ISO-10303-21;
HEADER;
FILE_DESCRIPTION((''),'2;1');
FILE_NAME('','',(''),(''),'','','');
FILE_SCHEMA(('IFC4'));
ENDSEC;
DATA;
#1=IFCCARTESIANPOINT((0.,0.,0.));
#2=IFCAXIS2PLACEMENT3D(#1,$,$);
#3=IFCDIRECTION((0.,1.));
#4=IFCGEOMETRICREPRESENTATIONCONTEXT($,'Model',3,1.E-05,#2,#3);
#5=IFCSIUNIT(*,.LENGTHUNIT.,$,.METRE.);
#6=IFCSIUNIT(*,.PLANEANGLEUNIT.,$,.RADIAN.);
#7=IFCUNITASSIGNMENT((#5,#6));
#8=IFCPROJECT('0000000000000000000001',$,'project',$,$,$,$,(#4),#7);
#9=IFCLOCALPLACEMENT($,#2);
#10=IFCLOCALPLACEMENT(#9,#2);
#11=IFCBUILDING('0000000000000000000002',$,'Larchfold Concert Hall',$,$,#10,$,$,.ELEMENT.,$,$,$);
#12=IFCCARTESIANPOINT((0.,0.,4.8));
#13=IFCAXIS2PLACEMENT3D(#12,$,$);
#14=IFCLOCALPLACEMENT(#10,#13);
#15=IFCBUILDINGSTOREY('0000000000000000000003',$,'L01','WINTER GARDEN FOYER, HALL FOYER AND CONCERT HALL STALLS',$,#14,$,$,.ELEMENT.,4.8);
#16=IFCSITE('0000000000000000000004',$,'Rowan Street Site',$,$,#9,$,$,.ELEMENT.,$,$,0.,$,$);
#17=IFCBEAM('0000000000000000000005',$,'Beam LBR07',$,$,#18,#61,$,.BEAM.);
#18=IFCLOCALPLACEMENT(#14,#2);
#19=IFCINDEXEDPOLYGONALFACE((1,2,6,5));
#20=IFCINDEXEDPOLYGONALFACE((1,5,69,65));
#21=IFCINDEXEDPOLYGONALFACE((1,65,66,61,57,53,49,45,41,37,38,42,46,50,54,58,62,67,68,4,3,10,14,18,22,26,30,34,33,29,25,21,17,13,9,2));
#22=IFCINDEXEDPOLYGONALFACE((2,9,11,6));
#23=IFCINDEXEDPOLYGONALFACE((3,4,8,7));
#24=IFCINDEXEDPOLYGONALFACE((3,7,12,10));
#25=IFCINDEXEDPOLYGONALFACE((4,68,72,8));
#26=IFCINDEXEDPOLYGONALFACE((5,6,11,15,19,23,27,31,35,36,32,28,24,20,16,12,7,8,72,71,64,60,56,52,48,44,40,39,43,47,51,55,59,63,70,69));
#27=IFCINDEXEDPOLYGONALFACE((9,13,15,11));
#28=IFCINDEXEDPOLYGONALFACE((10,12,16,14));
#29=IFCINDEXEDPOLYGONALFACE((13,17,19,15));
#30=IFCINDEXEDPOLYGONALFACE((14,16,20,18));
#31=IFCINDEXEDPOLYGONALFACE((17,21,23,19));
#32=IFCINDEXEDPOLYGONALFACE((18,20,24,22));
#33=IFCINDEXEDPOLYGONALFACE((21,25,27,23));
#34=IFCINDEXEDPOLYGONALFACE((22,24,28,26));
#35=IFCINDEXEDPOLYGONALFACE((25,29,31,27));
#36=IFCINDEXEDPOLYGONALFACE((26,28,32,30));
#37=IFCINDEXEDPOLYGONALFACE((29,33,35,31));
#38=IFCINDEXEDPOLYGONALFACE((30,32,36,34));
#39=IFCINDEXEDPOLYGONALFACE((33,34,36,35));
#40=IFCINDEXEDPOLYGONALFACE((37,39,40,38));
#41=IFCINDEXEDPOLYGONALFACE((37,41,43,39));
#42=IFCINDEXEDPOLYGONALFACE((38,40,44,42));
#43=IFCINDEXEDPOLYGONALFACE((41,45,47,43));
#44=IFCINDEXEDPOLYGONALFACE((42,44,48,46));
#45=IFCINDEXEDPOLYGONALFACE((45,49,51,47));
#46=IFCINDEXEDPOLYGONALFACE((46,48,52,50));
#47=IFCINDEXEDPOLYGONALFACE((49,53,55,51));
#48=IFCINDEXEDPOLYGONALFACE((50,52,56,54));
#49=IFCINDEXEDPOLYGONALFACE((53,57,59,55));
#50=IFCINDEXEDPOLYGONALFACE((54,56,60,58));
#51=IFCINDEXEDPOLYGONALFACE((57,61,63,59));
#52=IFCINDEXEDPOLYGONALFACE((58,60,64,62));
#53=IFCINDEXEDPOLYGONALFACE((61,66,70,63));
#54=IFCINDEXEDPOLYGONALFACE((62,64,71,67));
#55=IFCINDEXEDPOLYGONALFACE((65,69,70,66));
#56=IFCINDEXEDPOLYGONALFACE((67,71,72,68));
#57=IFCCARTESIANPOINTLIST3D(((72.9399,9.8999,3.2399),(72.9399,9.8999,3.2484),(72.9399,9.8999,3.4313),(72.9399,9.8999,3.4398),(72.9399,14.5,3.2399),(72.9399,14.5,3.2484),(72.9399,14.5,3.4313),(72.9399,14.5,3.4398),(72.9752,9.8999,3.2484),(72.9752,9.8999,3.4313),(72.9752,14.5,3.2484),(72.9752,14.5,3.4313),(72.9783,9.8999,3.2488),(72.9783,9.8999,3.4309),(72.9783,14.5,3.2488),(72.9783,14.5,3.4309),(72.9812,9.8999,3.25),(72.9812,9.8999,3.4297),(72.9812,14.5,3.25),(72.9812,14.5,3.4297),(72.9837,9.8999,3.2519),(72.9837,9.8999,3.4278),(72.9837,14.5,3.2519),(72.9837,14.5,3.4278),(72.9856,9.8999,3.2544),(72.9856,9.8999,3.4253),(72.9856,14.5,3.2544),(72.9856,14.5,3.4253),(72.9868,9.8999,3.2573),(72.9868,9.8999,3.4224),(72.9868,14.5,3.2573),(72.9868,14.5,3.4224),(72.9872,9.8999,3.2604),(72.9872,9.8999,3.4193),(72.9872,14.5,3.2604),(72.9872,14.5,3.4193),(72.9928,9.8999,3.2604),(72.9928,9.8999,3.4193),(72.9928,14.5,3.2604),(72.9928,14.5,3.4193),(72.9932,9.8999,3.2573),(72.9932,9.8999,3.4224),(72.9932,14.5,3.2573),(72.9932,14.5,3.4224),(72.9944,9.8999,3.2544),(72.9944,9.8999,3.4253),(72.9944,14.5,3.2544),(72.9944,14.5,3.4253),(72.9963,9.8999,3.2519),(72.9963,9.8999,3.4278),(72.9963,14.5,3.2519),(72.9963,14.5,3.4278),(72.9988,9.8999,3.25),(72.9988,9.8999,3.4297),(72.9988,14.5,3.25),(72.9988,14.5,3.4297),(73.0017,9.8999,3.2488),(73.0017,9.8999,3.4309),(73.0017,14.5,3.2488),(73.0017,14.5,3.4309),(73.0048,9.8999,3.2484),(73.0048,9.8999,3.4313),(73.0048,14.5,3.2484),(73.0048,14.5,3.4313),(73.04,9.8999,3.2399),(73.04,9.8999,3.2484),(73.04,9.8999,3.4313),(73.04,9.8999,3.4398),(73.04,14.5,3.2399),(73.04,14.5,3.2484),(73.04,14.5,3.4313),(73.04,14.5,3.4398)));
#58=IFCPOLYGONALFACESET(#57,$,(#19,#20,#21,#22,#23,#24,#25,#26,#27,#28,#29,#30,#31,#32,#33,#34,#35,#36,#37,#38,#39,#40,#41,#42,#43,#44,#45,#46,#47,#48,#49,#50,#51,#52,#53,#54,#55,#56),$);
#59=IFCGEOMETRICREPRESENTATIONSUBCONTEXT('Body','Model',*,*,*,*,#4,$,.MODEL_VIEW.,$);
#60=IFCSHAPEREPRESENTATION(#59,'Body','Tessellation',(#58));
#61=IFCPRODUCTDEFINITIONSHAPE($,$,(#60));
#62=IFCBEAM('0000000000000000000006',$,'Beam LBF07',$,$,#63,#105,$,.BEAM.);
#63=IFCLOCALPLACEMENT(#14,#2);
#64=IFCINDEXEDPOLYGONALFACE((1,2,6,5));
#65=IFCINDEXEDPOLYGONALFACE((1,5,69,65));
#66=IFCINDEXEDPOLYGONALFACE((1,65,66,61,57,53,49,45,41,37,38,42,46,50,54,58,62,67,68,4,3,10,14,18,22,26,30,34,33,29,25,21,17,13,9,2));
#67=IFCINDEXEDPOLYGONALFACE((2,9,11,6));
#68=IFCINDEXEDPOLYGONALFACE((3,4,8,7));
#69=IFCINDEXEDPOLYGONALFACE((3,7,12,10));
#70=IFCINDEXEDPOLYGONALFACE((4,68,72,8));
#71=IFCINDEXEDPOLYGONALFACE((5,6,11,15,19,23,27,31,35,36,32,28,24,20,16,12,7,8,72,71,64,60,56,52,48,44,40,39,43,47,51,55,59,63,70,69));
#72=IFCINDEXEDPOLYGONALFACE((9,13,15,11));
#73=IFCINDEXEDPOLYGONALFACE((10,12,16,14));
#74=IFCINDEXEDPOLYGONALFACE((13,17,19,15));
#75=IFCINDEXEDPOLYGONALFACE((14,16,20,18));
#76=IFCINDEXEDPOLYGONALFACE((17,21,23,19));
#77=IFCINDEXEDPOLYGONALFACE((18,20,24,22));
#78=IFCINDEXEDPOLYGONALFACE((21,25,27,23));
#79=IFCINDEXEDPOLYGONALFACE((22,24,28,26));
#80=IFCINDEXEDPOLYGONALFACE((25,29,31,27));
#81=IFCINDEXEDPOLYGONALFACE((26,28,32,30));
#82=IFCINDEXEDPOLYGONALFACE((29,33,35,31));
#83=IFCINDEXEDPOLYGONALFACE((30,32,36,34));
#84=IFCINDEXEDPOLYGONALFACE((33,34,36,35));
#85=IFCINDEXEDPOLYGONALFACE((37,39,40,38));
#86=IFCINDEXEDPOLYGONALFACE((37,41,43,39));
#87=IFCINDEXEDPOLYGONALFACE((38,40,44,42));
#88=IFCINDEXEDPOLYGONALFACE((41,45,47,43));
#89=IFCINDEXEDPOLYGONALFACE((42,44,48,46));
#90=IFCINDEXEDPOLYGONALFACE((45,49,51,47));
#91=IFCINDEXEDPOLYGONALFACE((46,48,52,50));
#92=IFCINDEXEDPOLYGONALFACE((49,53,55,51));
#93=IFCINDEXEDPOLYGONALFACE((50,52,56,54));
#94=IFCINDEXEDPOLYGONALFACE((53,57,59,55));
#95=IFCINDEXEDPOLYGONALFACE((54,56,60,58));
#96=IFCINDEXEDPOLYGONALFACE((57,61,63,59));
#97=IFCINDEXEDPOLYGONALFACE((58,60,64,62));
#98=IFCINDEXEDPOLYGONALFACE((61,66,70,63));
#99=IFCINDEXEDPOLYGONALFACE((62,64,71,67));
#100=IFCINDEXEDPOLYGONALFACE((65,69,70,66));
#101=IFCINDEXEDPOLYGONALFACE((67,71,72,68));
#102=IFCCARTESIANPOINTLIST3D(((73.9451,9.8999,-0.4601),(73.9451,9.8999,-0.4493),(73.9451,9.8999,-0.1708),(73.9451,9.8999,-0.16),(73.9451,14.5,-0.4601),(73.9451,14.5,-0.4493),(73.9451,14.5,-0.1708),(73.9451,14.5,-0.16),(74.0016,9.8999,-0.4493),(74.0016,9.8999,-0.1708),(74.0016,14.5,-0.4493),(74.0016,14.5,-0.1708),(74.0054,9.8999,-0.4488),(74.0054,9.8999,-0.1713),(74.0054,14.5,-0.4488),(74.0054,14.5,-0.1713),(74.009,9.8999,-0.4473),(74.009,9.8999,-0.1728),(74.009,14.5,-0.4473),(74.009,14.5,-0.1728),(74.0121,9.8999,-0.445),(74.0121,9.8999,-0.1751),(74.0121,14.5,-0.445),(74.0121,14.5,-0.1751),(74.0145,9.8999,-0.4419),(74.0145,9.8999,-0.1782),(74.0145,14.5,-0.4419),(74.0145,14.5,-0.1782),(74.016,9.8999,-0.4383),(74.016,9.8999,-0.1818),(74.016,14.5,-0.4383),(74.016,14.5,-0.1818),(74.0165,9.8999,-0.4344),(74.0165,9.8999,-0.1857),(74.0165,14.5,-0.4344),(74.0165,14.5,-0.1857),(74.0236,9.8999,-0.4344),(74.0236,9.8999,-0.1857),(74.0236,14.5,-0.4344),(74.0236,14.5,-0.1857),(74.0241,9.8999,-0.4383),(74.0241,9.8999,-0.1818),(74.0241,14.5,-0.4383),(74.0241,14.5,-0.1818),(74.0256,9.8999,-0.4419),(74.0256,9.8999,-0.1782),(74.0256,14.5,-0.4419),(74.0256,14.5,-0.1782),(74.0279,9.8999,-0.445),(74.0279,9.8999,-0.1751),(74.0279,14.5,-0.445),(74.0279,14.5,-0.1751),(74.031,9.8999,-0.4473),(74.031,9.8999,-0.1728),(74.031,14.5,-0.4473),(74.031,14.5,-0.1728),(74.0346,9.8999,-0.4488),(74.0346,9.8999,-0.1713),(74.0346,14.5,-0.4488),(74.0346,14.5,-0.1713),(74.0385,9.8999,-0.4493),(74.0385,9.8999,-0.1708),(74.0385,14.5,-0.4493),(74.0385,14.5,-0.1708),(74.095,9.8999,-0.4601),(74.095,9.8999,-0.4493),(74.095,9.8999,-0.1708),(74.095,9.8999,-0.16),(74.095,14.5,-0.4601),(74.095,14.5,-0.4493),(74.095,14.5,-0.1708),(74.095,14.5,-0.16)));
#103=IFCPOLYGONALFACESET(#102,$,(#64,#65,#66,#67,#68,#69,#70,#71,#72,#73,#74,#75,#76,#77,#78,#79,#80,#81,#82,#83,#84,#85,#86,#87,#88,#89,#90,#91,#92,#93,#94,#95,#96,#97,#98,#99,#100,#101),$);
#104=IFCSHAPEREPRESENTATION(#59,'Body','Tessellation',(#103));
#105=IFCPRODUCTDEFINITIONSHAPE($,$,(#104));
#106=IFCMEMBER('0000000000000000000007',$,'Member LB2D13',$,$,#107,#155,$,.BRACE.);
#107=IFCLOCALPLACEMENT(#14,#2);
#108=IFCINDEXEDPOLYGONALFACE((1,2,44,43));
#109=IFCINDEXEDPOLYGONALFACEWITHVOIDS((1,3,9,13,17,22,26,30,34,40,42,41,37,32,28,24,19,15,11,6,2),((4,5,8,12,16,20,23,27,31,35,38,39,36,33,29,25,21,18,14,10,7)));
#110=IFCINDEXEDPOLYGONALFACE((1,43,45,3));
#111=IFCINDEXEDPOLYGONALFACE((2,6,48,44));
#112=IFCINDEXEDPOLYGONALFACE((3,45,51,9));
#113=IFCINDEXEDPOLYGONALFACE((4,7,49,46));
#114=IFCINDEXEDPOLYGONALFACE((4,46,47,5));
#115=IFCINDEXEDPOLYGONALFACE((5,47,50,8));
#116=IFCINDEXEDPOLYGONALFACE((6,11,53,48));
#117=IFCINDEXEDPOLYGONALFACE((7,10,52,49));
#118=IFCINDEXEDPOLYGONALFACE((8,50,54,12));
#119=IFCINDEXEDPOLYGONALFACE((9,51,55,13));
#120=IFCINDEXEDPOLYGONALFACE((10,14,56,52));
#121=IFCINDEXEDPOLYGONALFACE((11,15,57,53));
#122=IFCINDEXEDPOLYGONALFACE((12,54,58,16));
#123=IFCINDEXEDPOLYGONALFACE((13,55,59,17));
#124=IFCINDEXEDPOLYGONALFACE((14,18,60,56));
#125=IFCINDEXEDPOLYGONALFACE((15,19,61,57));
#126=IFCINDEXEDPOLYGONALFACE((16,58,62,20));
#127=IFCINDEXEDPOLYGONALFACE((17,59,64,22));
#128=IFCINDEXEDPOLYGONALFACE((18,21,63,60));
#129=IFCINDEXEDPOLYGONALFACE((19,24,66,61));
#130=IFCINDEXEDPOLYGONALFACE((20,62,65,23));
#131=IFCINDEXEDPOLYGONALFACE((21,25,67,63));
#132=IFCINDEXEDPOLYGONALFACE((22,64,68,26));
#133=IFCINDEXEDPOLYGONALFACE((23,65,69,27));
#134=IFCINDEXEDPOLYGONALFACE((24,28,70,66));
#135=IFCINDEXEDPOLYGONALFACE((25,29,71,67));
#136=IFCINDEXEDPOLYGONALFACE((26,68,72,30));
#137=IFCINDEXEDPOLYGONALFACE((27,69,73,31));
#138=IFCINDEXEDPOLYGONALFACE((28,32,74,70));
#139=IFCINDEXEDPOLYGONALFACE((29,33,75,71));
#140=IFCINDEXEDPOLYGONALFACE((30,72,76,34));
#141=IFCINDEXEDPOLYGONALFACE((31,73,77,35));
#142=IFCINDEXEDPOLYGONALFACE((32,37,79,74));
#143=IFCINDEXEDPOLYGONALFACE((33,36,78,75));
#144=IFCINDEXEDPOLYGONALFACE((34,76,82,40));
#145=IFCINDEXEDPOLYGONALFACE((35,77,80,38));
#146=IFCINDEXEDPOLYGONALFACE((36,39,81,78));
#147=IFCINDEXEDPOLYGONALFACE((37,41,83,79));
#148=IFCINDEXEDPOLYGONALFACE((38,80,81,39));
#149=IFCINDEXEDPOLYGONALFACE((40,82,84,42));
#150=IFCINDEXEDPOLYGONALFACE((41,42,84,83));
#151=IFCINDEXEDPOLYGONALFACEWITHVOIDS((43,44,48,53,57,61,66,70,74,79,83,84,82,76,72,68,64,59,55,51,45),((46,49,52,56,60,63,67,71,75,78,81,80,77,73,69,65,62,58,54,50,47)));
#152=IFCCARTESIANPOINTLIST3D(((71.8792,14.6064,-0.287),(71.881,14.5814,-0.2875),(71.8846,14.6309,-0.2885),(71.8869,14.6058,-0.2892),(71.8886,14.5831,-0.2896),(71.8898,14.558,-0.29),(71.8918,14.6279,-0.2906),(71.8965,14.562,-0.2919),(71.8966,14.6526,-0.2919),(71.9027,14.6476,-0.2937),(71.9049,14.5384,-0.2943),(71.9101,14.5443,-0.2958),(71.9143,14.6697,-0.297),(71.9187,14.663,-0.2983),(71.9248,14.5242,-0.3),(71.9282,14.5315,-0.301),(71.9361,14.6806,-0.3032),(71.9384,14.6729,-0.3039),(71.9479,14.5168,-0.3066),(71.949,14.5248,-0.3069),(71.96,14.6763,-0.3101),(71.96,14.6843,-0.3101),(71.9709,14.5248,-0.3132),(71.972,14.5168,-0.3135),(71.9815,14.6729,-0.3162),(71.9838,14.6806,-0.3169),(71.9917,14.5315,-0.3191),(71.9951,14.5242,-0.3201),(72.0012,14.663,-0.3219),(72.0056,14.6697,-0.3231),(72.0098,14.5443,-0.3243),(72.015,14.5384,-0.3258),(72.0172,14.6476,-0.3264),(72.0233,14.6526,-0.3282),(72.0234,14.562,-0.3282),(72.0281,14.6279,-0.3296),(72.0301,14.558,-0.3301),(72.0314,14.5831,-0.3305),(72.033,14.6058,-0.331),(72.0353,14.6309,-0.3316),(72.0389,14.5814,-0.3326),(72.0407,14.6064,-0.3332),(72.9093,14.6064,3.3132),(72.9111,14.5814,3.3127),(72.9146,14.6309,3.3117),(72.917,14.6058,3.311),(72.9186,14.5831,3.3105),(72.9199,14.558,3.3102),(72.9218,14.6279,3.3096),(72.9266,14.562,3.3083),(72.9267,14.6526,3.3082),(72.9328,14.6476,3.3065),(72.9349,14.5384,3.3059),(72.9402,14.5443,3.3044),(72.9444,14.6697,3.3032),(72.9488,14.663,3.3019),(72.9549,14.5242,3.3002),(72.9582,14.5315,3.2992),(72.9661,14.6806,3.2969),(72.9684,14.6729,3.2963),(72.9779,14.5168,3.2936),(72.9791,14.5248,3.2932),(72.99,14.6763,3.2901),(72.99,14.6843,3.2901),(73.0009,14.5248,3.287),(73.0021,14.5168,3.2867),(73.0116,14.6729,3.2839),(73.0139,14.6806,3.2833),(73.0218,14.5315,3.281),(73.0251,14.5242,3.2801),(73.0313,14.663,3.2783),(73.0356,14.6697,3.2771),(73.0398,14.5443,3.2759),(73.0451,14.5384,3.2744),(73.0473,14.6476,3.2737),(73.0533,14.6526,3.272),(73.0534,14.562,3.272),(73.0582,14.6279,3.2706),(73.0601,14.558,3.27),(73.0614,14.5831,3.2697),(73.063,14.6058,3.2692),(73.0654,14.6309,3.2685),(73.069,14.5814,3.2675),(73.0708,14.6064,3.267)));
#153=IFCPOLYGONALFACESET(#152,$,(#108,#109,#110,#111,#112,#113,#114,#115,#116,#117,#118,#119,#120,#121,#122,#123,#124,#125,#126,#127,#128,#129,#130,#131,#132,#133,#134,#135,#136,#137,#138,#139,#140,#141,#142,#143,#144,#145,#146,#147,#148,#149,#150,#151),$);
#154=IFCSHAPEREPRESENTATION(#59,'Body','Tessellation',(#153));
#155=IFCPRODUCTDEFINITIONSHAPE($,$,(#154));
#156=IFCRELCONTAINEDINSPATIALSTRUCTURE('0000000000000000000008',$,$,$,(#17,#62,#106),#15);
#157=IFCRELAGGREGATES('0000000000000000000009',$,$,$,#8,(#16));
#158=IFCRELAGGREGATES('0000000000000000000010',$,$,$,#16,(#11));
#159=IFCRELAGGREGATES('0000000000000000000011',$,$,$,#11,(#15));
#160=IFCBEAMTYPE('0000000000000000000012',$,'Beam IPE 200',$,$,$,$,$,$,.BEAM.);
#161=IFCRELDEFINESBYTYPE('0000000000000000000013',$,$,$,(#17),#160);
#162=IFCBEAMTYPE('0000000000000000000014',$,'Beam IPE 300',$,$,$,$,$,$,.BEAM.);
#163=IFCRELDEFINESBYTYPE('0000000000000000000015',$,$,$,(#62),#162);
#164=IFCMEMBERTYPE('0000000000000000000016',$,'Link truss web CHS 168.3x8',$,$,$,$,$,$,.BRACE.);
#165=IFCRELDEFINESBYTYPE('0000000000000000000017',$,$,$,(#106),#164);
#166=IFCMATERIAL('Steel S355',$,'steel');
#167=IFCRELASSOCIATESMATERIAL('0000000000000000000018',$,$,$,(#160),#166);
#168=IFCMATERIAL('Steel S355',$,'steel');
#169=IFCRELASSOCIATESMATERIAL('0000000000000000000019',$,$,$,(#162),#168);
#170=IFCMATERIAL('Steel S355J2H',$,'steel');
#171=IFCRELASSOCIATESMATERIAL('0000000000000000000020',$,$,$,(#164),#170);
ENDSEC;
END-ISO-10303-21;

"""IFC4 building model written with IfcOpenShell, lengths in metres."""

from ifc_helpers import new_model, si_unit, direction, frame, origin, origin_2d, place, context, subcontext, project, spatial, hollow_circle, i_section, extrude, material, material_profile, profile_set, type_object, element, save


model = new_model("IFC4")

# Units and contexts
model_context = context("Model", 3, precision=1e-05, world=origin(), true_north=direction((0.0, 1.0)))
body_context = subcontext(model_context, "Body", "Model", "MODEL_VIEW")
ifc_project = project(units=[si_unit("LENGTHUNIT", "METRE"), si_unit("PLANEANGLEUNIT", "RADIAN")], contexts=[model_context])

# Site, building, storey
site_placement = place(None, origin())
site = spatial("IfcSite", under=ifc_project, at=site_placement, Name="Rowan Street Site", CompositionType="ELEMENT", RefElevation=0.0)
building_placement = place(site_placement, origin())
building = spatial("IfcBuilding", under=site, at=building_placement, Name="Larchfold Concert Hall", CompositionType="ELEMENT")
storey_placement = place(building_placement, frame((0.0, 0.0, 4.8)))
storey = spatial("IfcBuildingStorey", under=building, at=storey_placement, Name="L01", Description="WINTER GARDEN FOYER, HALL FOYER AND CONCERT HALL STALLS", CompositionType="ELEMENT", Elevation=4.8)

# Beams
ifc_material_1 = material(Name="Steel S355", Category="steel")
ifc_material_profile_1 = material_profile(ifc_material_1, i_section(OverallWidth=0.1001, OverallDepth=0.2, WebThickness=0.0056, FlangeThickness=0.0085, FilletRadius=0.012, at=origin_2d()))
ifc_profile_set_1 = profile_set([ifc_material_profile_1], Name="Steel S355")
beam_type_1 = type_object("IfcBeamType", Name="Beam IPE 200", PredefinedType="BEAM", material=ifc_profile_set_1)
beam_1_placement = place(storey_placement, frame((72.99, 9.8999, 3.3398), z_axis=(0.0, 1.0, 0.0), x_axis=(-1.0, 0.0, 0.0)))
element("IfcBeam", 1, at=beam_1_placement, inside=storey, type_object=beam_type_1, Name="Beam LBR07", PredefinedType="BEAM", context=body_context, shape_type="SweptSolid", body=[
    extrude(i_section(OverallWidth=0.1001, OverallDepth=0.2, WebThickness=0.0056, FlangeThickness=0.0085, FilletRadius=0.012, at=origin_2d()), origin(), (0.0, 0.0, 1.0), 4.6001),
])
ifc_material_2 = material(Name="Steel S355", Category="steel")
ifc_material_profile_2 = material_profile(ifc_material_2, i_section(OverallWidth=0.1499, OverallDepth=0.3, WebThickness=0.0071, FlangeThickness=0.0107, FilletRadius=0.0149, at=origin_2d()))
ifc_profile_set_2 = profile_set([ifc_material_profile_2], Name="Steel S355")
beam_type_2 = type_object("IfcBeamType", Name="Beam IPE 300", PredefinedType="BEAM", material=ifc_profile_set_2)
beam_2_placement = place(storey_placement, frame((74.02, 9.8999, -0.3101), z_axis=(0.0, 1.0, 0.0), x_axis=(-1.0, 0.0, 0.0)))
element("IfcBeam", 2, at=beam_2_placement, inside=storey, type_object=beam_type_2, Name="Beam LBF07", PredefinedType="BEAM", context=body_context, shape_type="SweptSolid", body=[
    extrude(i_section(OverallWidth=0.1499, OverallDepth=0.3, WebThickness=0.0071, FlangeThickness=0.0107, FilletRadius=0.0149, at=origin_2d()), origin(), (0.0, 0.0, 1.0), 4.6001),
])

# Member
ifc_material_3 = material(Name="Steel S355J2H", Category="steel")
ifc_material_profile_3 = material_profile(ifc_material_3, hollow_circle(Radius=0.0842, WallThickness=0.0081, at=origin_2d()))
ifc_profile_set_3 = profile_set([ifc_material_profile_3], Name="Steel S355J2H")
member_type_1 = type_object("IfcMemberType", Name="Link truss web CHS 168.3x8", PredefinedType="BRACE", material=ifc_profile_set_3)
for number, where, z_axis, x_axis, name in (
    (3, (71.96, 14.6001, -0.3101), (0.275074, 0.0, 0.961423), (0.0, 1.0, 0.0), "Member LB2D13"),
):
    element("IfcMember", number, at=place(storey_placement, frame(where, z_axis=z_axis, x_axis=x_axis)), inside=storey, type_object=member_type_1, Name=name, PredefinedType="BRACE", context=body_context, shape_type="SweptSolid", body=[
        extrude(hollow_circle(Radius=0.0842, WallThickness=0.0081, at=origin_2d()), origin(), (0.0, 0.0, 1.0), 3.7446),
    ])

save(model, "model.ifc")
